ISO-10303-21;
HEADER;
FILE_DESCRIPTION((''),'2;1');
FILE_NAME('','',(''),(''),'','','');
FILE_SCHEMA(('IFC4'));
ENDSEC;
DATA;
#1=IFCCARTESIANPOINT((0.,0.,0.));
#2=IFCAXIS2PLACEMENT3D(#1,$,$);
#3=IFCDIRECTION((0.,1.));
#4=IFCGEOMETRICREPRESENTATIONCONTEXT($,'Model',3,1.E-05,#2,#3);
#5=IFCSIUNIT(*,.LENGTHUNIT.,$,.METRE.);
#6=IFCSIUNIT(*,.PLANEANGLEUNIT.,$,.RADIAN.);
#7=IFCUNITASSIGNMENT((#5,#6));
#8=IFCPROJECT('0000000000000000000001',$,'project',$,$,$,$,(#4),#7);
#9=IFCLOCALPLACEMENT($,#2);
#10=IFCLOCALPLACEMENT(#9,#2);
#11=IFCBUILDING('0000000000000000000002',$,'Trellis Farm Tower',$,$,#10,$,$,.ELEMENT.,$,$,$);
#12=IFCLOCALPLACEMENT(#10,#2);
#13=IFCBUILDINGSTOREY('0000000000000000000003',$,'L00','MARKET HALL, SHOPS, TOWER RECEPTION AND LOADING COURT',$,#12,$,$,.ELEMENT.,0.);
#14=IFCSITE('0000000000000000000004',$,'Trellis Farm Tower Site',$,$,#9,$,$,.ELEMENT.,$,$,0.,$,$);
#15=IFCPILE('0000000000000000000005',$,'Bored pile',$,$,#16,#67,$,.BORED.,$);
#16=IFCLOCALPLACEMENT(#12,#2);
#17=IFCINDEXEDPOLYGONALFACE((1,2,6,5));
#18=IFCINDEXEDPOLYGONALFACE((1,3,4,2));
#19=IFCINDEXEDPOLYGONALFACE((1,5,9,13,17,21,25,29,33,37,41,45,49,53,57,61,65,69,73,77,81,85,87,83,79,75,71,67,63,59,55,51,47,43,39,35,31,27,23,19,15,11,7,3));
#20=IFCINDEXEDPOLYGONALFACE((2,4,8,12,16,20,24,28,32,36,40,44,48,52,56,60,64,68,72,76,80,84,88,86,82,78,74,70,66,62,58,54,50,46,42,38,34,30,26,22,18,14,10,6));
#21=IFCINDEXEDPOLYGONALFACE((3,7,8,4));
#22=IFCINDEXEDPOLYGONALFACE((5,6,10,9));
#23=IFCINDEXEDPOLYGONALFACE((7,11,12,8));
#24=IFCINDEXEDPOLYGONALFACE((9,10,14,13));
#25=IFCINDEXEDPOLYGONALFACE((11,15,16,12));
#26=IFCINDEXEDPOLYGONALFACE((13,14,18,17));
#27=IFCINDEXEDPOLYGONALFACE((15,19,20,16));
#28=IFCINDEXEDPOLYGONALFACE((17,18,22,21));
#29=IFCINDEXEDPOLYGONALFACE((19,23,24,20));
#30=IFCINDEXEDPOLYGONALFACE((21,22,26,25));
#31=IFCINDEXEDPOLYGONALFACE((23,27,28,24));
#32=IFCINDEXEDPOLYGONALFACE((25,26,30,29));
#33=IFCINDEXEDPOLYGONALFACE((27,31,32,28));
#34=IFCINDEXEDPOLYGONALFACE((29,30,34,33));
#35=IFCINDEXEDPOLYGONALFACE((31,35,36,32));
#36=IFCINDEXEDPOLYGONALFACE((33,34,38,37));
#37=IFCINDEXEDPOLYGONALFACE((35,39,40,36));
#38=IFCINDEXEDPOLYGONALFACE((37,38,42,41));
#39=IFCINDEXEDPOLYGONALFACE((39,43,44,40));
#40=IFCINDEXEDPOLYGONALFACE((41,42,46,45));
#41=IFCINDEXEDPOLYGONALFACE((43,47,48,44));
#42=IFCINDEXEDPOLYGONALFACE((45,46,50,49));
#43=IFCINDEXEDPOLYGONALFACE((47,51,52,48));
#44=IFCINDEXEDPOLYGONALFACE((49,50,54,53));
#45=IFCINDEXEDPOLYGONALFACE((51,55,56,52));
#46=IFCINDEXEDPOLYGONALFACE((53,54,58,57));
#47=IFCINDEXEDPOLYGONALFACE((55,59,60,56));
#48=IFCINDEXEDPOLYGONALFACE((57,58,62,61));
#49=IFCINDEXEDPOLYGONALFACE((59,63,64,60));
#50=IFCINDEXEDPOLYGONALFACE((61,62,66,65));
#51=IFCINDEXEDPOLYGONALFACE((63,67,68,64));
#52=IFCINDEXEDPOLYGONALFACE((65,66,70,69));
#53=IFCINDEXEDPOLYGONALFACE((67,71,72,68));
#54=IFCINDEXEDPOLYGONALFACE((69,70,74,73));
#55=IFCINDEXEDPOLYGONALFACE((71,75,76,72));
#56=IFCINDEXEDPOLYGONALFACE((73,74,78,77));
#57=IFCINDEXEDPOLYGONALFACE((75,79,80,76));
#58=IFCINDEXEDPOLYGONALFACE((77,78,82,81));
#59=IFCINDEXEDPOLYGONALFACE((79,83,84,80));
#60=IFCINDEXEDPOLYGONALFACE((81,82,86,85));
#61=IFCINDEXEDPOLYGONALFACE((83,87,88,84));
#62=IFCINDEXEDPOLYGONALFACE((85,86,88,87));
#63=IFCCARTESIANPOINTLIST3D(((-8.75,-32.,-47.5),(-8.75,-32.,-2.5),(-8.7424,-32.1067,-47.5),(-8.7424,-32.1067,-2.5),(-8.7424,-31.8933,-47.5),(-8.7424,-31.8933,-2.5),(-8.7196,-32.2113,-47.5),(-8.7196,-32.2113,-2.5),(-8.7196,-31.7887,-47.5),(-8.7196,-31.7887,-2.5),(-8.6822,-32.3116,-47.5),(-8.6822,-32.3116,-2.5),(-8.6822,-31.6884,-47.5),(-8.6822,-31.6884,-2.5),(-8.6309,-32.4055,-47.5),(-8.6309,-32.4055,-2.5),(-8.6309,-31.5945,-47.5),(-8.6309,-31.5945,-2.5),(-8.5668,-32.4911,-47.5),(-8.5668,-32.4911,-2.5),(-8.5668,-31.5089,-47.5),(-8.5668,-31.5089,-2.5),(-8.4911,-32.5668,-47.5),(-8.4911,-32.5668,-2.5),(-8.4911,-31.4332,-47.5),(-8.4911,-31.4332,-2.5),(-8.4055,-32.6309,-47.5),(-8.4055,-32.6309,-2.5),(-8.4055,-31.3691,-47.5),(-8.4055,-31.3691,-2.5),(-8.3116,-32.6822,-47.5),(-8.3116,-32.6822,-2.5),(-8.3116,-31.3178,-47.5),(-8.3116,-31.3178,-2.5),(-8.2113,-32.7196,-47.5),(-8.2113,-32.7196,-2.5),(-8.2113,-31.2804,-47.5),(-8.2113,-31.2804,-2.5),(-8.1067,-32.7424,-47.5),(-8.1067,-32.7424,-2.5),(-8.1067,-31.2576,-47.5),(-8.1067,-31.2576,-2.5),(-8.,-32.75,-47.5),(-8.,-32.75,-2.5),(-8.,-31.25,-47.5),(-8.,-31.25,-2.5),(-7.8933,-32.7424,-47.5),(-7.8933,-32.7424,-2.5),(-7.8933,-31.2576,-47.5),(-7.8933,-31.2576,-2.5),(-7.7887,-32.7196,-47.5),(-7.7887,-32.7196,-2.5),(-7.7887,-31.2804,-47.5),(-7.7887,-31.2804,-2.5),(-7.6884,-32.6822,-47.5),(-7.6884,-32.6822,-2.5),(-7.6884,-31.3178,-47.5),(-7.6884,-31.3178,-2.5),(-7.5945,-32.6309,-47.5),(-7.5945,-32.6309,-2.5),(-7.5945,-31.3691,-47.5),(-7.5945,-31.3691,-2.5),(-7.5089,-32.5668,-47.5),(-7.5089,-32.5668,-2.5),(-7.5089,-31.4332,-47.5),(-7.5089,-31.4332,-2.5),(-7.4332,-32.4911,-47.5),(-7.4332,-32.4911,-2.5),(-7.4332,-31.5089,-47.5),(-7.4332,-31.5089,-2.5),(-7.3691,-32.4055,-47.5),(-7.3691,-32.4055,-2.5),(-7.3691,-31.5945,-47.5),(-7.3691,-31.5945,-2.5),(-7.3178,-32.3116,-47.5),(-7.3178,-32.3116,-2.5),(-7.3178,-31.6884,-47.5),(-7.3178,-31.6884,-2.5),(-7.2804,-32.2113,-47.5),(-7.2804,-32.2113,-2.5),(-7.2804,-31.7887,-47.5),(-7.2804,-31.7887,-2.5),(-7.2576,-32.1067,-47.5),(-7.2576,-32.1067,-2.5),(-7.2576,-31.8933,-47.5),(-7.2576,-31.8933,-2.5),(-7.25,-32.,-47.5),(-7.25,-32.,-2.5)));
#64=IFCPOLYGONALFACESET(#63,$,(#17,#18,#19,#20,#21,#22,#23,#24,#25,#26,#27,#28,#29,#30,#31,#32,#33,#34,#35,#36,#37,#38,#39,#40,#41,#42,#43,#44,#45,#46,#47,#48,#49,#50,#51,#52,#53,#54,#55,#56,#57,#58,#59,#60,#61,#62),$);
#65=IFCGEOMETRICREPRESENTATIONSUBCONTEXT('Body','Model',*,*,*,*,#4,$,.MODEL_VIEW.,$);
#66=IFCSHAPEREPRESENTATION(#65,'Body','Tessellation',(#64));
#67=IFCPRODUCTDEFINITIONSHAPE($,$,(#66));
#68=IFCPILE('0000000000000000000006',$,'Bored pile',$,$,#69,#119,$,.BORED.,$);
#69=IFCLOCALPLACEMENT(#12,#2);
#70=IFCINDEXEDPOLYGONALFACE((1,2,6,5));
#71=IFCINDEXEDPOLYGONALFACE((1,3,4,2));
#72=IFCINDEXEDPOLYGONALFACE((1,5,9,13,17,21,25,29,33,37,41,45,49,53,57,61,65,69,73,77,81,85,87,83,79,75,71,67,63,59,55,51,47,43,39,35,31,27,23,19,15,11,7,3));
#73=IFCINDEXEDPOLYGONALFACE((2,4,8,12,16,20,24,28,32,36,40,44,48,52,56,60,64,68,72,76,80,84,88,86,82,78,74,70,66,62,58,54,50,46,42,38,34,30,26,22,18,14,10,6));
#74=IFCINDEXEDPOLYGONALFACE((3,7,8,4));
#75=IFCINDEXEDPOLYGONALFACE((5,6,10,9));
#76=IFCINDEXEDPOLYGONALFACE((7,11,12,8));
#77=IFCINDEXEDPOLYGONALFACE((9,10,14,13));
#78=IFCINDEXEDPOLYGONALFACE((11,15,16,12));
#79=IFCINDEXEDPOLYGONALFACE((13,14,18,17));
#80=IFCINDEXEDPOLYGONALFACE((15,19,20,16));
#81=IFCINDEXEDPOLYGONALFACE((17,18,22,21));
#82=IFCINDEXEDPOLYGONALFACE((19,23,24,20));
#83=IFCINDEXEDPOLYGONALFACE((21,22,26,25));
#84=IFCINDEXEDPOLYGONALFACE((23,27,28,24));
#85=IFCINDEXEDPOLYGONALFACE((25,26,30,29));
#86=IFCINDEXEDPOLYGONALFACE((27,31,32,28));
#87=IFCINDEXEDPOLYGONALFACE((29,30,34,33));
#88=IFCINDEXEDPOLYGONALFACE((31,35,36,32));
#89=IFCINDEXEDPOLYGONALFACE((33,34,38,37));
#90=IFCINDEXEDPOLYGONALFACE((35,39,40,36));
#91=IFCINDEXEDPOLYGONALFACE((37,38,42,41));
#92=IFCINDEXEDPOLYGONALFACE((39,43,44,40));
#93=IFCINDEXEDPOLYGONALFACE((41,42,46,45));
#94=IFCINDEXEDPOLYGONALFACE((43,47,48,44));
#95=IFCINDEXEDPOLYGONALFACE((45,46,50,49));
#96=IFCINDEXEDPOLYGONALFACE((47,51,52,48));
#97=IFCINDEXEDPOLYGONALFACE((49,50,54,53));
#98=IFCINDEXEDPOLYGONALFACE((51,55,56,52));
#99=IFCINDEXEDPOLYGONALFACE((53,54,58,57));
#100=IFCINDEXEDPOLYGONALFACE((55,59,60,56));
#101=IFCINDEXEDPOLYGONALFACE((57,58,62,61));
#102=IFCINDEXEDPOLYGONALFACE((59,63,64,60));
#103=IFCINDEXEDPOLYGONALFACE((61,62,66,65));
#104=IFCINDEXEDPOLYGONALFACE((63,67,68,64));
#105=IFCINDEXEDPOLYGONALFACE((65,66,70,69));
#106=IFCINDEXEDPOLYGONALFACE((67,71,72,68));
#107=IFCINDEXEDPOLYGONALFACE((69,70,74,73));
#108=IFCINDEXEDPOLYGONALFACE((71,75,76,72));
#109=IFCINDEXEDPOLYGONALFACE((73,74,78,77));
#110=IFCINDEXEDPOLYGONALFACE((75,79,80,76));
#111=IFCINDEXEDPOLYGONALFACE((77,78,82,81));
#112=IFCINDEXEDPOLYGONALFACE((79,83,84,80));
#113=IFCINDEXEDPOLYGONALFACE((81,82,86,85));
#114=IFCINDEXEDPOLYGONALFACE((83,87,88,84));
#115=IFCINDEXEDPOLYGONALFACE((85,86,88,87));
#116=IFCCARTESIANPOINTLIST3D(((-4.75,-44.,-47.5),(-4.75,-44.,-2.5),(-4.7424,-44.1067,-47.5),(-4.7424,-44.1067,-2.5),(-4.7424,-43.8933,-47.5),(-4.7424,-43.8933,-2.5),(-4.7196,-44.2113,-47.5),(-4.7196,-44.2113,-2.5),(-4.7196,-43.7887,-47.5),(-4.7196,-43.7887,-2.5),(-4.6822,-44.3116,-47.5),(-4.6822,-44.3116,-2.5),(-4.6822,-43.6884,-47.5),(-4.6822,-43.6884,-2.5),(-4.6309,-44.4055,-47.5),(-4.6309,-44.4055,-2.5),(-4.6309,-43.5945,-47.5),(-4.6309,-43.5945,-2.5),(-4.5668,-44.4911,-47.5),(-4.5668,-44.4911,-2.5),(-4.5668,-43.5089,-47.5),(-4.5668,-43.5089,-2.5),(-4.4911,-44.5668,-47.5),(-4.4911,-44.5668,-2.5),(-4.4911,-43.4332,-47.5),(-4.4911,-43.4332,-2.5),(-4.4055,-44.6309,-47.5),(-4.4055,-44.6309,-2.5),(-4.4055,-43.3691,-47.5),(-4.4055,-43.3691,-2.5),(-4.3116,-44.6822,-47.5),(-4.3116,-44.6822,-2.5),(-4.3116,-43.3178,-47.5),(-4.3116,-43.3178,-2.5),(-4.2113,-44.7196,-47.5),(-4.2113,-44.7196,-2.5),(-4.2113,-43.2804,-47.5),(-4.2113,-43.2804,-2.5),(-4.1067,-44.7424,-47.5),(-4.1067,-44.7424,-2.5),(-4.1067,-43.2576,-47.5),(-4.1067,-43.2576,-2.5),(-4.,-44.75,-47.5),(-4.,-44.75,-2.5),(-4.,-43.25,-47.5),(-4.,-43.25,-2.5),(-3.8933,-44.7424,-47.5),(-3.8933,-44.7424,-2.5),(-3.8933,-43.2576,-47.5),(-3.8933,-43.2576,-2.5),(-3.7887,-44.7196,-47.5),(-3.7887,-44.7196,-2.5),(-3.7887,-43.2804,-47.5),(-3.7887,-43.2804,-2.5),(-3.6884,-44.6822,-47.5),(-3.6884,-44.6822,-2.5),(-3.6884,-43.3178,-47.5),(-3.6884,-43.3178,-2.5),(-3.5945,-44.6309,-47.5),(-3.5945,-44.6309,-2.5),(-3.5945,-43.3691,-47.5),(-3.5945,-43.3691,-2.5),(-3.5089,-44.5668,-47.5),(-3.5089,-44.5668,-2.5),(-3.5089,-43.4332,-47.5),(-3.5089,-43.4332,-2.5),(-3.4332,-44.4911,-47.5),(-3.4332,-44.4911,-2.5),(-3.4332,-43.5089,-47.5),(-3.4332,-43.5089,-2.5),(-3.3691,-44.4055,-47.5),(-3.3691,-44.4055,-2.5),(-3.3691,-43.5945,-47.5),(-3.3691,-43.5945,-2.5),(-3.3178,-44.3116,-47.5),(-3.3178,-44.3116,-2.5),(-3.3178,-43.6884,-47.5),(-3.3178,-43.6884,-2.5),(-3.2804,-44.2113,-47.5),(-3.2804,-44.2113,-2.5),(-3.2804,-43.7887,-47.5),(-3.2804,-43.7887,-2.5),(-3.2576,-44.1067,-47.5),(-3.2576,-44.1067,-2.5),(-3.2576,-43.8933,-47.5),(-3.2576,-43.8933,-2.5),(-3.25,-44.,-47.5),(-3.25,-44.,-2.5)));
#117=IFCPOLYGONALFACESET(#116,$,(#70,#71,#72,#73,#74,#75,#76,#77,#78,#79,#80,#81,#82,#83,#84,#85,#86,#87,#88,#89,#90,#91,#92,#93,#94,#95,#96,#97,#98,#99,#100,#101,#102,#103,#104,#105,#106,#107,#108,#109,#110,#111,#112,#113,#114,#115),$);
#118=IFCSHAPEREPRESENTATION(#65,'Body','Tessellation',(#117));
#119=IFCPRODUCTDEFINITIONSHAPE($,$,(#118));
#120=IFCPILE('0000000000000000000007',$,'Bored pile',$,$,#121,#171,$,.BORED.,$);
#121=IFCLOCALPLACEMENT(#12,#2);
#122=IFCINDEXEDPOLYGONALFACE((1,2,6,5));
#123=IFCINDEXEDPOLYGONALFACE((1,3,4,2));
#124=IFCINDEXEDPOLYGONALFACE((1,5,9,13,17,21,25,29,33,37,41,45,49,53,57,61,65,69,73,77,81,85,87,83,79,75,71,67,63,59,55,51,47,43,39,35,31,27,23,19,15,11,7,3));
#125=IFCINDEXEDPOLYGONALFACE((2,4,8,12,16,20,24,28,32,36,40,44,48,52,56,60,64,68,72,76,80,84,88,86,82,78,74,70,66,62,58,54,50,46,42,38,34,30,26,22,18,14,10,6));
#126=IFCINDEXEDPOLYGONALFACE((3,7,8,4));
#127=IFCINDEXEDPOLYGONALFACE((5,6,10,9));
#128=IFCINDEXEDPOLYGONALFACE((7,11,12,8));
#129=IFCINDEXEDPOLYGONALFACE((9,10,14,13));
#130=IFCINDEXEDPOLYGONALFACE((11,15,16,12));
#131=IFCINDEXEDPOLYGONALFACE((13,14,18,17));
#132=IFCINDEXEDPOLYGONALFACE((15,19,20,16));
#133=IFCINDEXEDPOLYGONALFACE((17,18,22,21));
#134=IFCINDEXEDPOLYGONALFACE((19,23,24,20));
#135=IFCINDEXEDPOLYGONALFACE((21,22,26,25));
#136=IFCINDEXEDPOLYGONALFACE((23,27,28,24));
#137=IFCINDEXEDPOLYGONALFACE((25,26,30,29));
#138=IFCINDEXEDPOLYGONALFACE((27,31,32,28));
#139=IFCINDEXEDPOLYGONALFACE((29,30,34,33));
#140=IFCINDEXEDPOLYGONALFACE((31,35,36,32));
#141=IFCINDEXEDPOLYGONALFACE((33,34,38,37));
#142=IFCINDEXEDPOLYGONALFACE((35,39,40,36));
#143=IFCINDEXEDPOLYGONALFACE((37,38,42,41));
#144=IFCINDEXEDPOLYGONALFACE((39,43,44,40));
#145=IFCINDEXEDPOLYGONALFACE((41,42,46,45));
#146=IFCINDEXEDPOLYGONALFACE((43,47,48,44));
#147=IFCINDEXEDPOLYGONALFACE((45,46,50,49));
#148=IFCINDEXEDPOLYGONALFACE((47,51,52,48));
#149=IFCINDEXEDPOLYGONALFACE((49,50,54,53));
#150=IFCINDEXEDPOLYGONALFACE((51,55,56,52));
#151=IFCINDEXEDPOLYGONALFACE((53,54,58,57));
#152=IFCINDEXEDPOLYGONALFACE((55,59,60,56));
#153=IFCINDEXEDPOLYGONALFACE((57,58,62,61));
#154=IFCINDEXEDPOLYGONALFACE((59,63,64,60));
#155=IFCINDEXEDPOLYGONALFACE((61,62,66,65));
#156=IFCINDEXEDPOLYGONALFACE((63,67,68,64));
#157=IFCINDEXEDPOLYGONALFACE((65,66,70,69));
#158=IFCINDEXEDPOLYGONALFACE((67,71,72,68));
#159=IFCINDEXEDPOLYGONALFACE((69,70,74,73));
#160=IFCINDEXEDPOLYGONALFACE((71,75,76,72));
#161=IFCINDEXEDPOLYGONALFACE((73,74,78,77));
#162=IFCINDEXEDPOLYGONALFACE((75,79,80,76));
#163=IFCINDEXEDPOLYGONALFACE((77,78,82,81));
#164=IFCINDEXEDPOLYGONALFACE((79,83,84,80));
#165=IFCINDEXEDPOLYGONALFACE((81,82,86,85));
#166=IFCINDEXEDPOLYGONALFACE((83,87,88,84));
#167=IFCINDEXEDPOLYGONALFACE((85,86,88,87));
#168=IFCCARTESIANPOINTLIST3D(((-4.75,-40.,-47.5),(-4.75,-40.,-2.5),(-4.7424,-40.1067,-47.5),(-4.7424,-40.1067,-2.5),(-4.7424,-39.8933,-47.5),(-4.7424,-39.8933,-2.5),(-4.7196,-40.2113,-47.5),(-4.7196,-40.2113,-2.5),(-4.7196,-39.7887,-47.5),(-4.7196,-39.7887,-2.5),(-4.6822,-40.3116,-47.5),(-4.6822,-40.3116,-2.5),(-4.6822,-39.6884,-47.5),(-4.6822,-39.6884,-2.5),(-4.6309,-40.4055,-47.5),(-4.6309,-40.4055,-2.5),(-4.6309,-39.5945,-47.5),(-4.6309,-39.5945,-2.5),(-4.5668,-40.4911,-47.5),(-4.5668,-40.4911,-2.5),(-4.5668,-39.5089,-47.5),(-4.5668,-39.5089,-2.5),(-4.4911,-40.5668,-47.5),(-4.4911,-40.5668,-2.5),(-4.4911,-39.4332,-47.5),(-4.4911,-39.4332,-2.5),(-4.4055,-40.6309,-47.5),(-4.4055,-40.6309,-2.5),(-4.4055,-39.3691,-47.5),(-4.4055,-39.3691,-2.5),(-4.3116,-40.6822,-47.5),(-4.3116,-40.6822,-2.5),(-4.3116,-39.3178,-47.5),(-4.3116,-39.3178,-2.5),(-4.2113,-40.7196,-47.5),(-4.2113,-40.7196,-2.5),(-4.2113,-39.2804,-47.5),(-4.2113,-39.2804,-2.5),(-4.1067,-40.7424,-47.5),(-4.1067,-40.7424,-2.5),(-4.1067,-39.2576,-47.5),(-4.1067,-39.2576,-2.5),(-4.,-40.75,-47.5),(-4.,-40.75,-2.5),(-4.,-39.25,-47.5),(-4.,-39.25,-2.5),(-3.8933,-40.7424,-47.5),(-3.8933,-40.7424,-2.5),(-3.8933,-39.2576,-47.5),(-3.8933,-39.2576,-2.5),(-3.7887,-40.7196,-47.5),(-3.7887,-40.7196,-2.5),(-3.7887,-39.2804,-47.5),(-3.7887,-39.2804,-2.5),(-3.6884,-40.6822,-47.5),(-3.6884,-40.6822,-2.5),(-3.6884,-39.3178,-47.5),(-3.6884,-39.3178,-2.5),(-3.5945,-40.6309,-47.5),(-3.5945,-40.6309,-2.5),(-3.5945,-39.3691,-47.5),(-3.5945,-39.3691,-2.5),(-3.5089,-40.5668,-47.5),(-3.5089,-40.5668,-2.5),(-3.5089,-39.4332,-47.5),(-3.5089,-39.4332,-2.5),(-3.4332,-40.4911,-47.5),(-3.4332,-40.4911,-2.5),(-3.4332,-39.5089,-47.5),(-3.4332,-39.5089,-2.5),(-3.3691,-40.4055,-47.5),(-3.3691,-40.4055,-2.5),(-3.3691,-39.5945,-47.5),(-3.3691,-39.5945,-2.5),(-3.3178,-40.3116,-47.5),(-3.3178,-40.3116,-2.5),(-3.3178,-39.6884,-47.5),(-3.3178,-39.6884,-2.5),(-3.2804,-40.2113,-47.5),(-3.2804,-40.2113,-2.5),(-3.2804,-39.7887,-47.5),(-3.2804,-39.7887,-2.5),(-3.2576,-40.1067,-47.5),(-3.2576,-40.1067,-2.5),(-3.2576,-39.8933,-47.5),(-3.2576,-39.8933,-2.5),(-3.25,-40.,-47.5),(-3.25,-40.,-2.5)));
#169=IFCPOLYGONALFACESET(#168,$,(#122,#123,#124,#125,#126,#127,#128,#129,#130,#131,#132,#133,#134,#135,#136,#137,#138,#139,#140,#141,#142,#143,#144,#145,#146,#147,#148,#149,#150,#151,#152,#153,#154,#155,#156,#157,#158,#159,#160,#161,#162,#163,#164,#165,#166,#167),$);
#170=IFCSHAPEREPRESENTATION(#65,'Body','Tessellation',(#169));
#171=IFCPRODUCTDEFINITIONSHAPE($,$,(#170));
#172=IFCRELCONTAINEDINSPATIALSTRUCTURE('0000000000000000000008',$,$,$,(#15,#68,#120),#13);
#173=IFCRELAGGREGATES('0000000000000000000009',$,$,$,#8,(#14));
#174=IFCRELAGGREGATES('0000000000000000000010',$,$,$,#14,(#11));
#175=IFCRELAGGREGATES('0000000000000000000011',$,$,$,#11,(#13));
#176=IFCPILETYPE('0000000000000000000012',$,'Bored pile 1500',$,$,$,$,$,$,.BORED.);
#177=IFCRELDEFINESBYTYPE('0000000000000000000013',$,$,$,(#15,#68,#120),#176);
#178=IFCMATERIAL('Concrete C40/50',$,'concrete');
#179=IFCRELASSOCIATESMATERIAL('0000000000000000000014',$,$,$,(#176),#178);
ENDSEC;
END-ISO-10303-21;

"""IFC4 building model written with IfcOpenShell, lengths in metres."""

from ifc_helpers import new_model, si_unit, direction, frame, origin, origin_2d, place, context, subcontext, project, spatial, circle, extrude, source, transform, mapped, material, material_profile, profile_set, type_object, element, save


model = new_model("IFC4")

# Units and contexts
model_context = context("Model", 3, precision=1e-05, world=origin(), true_north=direction((0.0, 1.0)))
body_context = subcontext(model_context, "Body", "Model", "MODEL_VIEW")
ifc_project = project(units=[si_unit("LENGTHUNIT", "METRE"), si_unit("PLANEANGLEUNIT", "RADIAN")], contexts=[model_context])

# Site, building, storey
site_placement = place(None, origin())
site = spatial("IfcSite", under=ifc_project, at=site_placement, Name="Trellis Farm Tower Site", CompositionType="ELEMENT", RefElevation=0.0)
building_placement = place(site_placement, origin())
building = spatial("IfcBuilding", under=site, at=building_placement, Name="Trellis Farm Tower", CompositionType="ELEMENT")
storey_placement = place(building_placement, origin())
storey = spatial("IfcBuildingStorey", under=building, at=storey_placement, Name="L00", Description="MARKET HALL, SHOPS, TOWER RECEPTION AND LOADING COURT", CompositionType="ELEMENT", Elevation=0.0)

# Piles
ifc_material_1 = material(Name="Concrete C40/50", Category="concrete")
ifc_material_profile_1 = material_profile(ifc_material_1, circle(Radius=0.75, at=origin_2d()), Name="Bored pile 1500")
ifc_profile_set_1 = profile_set([ifc_material_profile_1], Name="Concrete C40/50")
pile_type = type_object("IfcPileType", Name="Bored pile 1500", PredefinedType="BORED", material=ifc_profile_set_1)
shared_shape_1 = source(origin(), body_context, "Body", "SweptSolid", [
    extrude(circle(Radius=0.75, at=origin_2d()), origin(), (0.0, 0.0, 1.0), 45.0),
])
for number, where, z_axis, x_axis, name in (
    (1, (-8.0, -32.0, -2.5), (0.0, 0.0, -1.0), (1.0, 0.0, 0.0), "Bored pile"),
    (2, (-4.0, -44.0, -2.5), (0.0, 0.0, -1.0), (1.0, 0.0, 0.0), "Bored pile"),
    (3, (-4.0, -40.0, -2.5), (0.0, 0.0, -1.0), (1.0, 0.0, 0.0), "Bored pile"),
):
    element("IfcPile", number, at=place(storey_placement, frame(where, z_axis=z_axis, x_axis=x_axis)), inside=storey, type_object=pile_type, Name=name, PredefinedType="BORED", context=body_context, shape_type="MappedRepresentation", body=[
        mapped(shared_shape_1, transform((0.0, 0.0, 0.0))),
    ])

save(model, "model.ifc")
